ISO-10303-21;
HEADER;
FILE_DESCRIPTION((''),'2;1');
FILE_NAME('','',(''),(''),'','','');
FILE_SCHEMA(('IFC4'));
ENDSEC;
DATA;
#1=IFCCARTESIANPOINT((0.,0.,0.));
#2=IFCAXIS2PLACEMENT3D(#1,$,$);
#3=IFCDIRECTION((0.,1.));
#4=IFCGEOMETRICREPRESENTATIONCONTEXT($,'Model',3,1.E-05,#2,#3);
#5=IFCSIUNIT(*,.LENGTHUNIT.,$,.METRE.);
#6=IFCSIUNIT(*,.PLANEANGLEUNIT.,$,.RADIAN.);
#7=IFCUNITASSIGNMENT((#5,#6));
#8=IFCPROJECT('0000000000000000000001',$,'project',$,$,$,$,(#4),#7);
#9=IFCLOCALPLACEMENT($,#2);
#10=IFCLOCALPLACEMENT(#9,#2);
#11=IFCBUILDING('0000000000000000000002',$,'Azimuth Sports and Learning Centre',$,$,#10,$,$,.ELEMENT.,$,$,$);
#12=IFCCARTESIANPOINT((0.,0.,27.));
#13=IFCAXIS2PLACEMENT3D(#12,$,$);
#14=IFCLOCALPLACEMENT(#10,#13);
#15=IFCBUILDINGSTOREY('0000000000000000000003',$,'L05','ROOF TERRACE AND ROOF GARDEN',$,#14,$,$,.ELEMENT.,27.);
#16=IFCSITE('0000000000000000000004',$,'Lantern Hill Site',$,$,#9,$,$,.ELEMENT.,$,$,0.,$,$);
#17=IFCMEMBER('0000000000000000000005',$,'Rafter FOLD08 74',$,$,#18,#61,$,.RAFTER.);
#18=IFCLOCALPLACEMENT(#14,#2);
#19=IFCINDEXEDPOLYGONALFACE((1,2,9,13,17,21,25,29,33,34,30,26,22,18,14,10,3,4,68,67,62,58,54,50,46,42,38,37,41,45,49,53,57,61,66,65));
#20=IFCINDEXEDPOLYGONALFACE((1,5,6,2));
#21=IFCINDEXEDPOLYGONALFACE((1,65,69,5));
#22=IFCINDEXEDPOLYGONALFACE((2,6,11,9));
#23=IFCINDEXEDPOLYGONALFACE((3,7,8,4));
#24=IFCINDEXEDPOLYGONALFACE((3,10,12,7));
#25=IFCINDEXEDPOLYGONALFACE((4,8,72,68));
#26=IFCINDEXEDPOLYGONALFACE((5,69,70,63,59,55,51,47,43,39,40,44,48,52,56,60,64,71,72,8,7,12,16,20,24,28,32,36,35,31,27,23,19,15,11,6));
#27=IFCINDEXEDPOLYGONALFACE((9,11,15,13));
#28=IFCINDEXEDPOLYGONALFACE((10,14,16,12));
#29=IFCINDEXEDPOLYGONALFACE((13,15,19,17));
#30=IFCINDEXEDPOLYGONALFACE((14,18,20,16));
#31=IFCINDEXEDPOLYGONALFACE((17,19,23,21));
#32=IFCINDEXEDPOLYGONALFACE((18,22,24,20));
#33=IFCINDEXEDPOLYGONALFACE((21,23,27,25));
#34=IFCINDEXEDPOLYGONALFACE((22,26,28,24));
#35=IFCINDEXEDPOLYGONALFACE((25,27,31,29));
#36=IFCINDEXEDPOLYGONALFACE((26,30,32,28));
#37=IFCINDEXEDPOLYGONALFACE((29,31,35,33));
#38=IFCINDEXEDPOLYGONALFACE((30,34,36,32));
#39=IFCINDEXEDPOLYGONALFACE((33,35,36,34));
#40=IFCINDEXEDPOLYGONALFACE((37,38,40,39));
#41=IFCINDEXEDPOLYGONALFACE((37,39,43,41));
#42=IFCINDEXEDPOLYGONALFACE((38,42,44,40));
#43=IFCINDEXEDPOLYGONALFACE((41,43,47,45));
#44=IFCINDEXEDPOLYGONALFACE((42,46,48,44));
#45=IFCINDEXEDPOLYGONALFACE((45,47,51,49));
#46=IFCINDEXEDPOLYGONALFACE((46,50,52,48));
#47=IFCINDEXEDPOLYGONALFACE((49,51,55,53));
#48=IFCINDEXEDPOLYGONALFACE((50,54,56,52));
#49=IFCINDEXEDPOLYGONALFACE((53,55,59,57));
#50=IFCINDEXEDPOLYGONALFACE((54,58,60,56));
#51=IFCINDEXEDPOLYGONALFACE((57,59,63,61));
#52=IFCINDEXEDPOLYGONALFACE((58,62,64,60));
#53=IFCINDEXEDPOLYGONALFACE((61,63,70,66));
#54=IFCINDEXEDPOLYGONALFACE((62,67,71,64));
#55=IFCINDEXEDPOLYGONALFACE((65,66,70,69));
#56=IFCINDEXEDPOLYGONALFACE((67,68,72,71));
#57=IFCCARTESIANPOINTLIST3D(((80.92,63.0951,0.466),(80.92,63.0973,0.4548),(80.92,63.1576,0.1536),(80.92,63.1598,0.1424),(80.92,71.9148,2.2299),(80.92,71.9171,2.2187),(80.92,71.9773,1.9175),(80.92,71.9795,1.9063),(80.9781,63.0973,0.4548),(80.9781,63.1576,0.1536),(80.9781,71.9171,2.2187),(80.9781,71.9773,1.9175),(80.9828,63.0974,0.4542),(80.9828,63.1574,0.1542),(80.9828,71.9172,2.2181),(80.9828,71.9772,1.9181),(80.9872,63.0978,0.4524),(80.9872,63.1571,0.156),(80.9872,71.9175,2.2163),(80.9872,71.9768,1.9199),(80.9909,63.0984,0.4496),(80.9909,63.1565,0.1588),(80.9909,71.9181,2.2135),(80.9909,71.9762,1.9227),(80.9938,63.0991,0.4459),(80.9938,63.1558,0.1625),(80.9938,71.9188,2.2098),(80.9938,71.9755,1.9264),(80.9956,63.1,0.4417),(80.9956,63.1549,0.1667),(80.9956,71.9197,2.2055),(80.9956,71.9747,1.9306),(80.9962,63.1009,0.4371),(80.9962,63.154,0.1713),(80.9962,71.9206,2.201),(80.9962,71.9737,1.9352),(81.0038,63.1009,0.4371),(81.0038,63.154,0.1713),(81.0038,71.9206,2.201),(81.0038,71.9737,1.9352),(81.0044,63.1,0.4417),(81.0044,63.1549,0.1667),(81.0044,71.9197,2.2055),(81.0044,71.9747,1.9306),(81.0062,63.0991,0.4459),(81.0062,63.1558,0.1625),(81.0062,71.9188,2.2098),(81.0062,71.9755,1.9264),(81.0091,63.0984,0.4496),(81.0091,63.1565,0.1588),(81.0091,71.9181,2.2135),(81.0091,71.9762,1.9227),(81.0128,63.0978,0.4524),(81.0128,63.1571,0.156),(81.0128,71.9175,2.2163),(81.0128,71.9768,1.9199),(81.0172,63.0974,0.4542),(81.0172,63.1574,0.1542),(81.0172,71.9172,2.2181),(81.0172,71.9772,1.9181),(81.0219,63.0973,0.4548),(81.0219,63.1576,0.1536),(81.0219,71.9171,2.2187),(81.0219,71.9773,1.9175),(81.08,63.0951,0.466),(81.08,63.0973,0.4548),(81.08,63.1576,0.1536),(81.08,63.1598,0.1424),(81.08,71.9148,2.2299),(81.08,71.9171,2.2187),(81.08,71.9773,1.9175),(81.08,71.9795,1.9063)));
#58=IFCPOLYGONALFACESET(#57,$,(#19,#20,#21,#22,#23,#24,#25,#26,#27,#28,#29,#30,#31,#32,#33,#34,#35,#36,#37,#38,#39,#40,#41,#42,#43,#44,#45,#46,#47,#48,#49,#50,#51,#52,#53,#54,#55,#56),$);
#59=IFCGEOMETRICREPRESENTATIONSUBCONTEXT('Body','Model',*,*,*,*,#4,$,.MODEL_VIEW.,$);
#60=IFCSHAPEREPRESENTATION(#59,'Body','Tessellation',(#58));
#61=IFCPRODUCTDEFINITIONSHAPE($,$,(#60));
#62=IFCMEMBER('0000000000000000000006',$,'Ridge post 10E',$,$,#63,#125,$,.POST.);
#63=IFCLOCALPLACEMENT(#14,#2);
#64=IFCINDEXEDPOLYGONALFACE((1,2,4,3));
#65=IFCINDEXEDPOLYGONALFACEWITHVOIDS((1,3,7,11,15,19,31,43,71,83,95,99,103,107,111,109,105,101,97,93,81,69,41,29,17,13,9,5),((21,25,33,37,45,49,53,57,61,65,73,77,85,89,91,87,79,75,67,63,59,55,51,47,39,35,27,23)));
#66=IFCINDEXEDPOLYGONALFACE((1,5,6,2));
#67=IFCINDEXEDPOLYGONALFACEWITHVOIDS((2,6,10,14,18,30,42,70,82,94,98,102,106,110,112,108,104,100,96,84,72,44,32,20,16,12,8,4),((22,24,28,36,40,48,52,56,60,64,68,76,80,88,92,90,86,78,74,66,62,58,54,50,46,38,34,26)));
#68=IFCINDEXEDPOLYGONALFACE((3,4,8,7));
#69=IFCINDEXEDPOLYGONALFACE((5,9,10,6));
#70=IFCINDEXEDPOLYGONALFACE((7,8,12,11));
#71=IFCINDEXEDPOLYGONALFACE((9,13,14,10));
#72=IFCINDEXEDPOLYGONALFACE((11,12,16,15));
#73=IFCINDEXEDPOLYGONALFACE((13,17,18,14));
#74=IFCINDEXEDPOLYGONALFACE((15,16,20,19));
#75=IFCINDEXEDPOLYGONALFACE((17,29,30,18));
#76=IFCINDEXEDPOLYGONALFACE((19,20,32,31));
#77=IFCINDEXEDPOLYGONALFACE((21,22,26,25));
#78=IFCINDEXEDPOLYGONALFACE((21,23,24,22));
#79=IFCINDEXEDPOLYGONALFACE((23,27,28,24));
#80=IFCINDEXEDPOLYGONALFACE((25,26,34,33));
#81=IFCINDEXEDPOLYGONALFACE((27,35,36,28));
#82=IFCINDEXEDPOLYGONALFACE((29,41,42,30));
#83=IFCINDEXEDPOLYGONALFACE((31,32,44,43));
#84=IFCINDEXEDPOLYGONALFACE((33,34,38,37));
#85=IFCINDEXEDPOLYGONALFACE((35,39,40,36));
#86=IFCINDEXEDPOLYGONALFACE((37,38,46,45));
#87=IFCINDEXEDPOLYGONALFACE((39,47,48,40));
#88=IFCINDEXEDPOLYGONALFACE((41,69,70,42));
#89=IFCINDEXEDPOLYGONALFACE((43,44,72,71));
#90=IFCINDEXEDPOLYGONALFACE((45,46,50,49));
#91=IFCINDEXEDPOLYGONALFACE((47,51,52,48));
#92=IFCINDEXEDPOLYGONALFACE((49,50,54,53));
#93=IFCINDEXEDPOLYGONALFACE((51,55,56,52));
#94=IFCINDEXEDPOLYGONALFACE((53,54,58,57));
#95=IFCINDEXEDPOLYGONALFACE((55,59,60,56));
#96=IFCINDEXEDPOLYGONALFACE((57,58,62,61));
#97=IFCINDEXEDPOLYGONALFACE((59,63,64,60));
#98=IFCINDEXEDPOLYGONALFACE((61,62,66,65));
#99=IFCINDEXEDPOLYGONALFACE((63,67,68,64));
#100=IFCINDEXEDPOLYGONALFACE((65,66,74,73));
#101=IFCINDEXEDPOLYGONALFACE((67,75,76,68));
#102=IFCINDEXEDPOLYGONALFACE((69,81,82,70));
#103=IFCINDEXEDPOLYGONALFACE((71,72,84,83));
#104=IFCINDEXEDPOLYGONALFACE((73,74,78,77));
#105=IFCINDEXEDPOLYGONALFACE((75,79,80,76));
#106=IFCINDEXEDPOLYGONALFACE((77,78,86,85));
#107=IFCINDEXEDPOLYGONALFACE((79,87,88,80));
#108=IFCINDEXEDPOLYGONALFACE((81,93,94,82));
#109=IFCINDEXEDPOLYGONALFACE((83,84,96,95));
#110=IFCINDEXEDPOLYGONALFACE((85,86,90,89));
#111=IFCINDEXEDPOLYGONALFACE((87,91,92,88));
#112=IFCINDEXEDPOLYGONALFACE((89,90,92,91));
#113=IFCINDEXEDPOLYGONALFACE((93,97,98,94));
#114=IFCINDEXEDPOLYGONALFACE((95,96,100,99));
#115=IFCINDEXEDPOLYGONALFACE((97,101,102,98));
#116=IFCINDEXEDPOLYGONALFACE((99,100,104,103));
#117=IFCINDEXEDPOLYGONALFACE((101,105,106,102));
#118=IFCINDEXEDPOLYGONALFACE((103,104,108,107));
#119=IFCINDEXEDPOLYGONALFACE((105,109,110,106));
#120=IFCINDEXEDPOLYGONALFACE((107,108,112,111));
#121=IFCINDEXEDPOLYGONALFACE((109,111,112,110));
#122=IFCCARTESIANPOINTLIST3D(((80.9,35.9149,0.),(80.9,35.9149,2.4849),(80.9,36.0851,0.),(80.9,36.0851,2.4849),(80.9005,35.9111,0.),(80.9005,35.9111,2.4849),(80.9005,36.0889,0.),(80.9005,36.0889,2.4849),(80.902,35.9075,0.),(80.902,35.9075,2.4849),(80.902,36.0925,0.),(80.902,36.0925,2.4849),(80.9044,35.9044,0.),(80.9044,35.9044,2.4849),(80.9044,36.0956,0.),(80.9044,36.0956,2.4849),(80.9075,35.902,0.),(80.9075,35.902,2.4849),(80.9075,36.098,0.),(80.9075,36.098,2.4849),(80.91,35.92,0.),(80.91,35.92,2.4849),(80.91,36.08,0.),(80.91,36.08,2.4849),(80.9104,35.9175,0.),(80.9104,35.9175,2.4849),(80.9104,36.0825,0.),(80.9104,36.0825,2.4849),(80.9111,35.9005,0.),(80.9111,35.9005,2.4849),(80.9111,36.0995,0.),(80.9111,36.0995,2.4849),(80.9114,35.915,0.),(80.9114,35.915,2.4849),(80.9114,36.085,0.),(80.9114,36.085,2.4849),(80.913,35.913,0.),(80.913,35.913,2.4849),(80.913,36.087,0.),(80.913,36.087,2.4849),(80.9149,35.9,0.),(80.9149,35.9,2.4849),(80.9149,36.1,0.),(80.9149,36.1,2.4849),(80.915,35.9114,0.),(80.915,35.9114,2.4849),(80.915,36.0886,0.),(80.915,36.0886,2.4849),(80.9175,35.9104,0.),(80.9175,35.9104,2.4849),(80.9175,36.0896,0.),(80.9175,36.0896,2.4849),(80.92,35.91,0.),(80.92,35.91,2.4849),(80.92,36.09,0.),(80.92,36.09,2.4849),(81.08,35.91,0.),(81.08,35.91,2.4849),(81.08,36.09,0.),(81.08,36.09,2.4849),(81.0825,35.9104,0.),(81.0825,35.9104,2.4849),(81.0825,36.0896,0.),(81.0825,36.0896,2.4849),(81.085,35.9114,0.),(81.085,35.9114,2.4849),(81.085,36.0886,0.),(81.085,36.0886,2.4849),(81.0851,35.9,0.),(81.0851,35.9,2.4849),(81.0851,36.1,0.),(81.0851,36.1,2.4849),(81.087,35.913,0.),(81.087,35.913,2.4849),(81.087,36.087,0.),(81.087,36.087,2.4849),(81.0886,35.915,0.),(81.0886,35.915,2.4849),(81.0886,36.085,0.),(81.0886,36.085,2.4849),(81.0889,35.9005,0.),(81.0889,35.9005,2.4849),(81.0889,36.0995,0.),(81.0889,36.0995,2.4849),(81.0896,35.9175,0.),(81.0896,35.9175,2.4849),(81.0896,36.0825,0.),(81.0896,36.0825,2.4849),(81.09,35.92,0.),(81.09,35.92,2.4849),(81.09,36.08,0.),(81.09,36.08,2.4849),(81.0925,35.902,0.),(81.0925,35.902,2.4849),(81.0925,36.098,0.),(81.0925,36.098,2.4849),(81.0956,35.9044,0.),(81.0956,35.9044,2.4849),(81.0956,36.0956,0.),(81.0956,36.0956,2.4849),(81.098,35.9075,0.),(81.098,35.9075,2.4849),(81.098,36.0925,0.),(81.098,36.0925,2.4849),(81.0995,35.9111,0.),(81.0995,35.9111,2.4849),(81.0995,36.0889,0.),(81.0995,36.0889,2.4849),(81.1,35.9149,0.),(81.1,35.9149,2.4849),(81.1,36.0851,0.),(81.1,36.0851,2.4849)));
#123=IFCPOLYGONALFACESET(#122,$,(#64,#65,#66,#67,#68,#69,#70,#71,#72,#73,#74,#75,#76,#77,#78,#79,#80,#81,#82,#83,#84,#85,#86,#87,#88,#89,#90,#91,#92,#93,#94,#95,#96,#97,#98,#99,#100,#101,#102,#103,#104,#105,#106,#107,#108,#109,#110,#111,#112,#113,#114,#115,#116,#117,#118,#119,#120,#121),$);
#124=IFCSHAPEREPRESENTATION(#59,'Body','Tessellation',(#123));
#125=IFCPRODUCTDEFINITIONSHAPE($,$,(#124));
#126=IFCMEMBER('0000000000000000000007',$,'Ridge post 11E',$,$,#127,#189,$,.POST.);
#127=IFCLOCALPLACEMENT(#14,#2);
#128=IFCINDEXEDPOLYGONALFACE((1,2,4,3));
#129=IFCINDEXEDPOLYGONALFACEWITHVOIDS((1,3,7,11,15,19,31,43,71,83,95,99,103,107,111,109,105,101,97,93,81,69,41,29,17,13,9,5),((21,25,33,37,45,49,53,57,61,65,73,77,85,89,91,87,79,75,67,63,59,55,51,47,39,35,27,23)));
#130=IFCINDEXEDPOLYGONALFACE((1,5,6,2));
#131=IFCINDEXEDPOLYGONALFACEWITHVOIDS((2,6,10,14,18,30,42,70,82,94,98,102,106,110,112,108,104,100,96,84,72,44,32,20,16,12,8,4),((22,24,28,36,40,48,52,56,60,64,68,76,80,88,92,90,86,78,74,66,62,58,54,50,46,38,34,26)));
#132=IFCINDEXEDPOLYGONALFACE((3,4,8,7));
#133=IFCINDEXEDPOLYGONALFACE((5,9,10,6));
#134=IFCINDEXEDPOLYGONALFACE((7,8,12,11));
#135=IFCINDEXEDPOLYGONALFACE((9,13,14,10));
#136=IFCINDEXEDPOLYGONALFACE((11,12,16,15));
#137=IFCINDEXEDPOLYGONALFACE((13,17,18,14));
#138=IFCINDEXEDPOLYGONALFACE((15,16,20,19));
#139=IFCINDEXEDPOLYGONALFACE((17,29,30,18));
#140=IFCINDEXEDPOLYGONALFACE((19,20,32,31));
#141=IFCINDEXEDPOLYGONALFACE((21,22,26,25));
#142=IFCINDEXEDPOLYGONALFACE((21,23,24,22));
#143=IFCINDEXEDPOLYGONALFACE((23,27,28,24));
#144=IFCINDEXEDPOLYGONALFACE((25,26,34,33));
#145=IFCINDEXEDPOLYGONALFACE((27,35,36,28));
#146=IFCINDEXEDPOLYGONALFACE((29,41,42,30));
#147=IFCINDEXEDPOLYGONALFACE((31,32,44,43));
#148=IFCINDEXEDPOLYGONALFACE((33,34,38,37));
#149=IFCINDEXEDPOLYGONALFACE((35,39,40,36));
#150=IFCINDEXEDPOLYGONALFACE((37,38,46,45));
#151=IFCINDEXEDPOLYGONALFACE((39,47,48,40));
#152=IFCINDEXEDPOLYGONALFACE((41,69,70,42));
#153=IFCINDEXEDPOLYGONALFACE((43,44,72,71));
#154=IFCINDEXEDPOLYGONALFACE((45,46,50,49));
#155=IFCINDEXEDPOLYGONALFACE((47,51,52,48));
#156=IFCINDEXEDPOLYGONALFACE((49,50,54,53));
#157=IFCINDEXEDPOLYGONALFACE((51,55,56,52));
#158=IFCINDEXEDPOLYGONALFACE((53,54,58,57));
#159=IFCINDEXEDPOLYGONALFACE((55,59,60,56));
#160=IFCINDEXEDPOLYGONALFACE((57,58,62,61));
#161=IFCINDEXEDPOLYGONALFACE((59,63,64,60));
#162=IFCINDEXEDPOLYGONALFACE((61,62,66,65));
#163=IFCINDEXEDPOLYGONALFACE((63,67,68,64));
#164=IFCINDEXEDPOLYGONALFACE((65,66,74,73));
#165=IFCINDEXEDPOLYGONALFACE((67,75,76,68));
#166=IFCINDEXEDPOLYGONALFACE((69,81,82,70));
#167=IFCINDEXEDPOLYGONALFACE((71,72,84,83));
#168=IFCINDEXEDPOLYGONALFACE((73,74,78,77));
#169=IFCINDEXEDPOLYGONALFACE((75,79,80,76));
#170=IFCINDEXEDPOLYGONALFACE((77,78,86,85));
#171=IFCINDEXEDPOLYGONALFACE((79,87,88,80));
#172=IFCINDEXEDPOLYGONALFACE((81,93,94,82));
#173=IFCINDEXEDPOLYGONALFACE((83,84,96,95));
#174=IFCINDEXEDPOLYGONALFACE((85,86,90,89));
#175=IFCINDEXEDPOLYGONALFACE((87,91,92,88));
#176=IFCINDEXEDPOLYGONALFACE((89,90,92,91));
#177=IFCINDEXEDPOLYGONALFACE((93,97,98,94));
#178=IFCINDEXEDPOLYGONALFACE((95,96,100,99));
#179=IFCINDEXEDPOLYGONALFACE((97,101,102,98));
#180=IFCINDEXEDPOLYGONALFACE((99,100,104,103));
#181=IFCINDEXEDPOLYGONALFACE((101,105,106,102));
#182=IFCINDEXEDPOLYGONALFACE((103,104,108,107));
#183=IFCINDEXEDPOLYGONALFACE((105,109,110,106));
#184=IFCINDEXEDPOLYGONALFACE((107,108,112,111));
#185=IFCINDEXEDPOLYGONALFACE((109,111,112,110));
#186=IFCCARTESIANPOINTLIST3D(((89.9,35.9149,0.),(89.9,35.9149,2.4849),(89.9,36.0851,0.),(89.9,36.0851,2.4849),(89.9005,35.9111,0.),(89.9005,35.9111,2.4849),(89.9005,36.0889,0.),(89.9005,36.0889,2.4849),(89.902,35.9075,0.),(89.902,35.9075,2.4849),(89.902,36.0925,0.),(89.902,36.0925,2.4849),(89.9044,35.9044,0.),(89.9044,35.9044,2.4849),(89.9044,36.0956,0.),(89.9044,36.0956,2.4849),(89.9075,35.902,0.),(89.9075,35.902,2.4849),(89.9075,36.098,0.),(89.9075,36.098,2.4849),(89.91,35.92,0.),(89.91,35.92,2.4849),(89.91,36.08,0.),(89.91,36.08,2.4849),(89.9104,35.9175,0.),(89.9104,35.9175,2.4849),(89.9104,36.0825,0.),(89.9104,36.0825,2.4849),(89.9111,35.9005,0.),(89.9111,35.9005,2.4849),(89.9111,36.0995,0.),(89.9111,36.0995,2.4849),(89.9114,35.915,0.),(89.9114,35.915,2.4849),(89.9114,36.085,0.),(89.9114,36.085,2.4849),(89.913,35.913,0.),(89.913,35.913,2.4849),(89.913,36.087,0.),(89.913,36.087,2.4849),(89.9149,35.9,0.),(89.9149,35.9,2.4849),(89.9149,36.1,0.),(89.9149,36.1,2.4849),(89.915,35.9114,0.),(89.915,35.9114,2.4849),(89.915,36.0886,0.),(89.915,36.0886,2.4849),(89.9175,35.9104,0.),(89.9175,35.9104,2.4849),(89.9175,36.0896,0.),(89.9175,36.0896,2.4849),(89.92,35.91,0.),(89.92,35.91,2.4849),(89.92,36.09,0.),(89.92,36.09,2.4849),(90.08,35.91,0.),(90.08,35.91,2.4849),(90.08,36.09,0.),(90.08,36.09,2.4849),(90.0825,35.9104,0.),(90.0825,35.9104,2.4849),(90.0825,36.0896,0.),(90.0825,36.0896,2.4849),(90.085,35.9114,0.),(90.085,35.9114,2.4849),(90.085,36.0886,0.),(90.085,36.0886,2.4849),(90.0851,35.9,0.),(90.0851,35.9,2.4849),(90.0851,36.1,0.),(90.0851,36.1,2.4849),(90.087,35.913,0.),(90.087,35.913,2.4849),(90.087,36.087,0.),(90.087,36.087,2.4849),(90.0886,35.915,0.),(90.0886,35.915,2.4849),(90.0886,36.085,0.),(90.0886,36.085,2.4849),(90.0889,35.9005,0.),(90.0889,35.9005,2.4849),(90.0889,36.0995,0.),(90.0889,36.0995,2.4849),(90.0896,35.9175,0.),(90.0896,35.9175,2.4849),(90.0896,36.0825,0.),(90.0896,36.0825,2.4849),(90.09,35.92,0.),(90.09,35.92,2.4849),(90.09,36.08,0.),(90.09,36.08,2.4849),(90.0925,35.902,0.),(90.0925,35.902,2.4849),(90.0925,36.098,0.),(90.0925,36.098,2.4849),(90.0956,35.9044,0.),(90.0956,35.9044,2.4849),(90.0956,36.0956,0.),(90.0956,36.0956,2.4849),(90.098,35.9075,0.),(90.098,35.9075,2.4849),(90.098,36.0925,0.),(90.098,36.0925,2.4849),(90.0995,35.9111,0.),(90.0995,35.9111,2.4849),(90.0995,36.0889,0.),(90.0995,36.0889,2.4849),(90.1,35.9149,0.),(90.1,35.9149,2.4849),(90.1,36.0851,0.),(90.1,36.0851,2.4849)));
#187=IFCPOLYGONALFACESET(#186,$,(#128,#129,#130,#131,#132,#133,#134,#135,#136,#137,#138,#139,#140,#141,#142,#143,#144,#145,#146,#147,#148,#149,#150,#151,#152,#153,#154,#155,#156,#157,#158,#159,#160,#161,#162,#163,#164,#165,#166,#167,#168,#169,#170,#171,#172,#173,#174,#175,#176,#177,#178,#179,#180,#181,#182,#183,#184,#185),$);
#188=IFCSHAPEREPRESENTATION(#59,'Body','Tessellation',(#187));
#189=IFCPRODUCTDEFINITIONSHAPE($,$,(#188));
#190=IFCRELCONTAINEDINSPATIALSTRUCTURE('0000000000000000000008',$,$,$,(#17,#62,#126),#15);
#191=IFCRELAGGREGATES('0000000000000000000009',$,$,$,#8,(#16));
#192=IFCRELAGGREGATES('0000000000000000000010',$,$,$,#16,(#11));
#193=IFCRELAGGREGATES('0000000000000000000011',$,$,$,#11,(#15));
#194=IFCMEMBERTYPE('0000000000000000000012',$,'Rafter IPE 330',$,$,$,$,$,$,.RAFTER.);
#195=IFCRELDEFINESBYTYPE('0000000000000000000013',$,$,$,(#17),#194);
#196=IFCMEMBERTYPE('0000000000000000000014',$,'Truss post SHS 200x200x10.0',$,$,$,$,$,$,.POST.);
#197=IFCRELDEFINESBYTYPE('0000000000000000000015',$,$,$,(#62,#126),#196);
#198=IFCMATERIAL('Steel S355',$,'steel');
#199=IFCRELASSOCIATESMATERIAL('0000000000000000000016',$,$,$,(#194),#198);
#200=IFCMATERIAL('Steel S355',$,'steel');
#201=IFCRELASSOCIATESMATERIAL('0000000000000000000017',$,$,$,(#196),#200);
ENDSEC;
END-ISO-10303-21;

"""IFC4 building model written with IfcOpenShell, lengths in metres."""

from ifc_helpers import new_model, si_unit, direction, frame, origin, origin_2d, place, context, subcontext, project, spatial, hollow_rectangle, i_section, extrude, material, material_profile, profile_set, type_object, element, save


model = new_model("IFC4")

# Units and contexts
model_context = context("Model", 3, precision=1e-05, world=origin(), true_north=direction((0.0, 1.0)))
body_context = subcontext(model_context, "Body", "Model", "MODEL_VIEW")
ifc_project = project(units=[si_unit("LENGTHUNIT", "METRE"), si_unit("PLANEANGLEUNIT", "RADIAN")], contexts=[model_context])

# Site, building, storey
site_placement = place(None, origin())
site = spatial("IfcSite", under=ifc_project, at=site_placement, Name="Lantern Hill Site", CompositionType="ELEMENT", RefElevation=0.0)
building_placement = place(site_placement, origin())
building = spatial("IfcBuilding", under=site, at=building_placement, Name="Azimuth Sports and Learning Centre", CompositionType="ELEMENT")
storey_placement = place(building_placement, frame((0.0, 0.0, 27.0)))
storey = spatial("IfcBuildingStorey", under=building, at=storey_placement, Name="L05", Description="ROOF TERRACE AND ROOF GARDEN", CompositionType="ELEMENT", Elevation=27.0)

# Members
ifc_material_1 = material(Name="Steel S355", Category="steel")
ifc_material_profile_1 = material_profile(ifc_material_1, i_section(OverallWidth=0.1599, OverallDepth=0.3301, WebThickness=0.0076, FlangeThickness=0.0115, FilletRadius=0.0181, at=origin_2d()), Name="IPE 330")
ifc_profile_set_1 = profile_set([ifc_material_profile_1], Name="Steel S355")
member_type_1 = type_object("IfcMemberType", Name="Rafter IPE 330", PredefinedType="RAFTER", material=ifc_profile_set_1)
member_placement = place(storey_placement, frame((81.0, 63.1274, 0.3042), z_axis=(0.0, 0.980582, 0.196111), x_axis=(-1.0, 0.0, 0.0)))
element("IfcMember", 1, at=member_placement, inside=storey, type_object=member_type_1, Name="Rafter FOLD08 74", PredefinedType="RAFTER", context=body_context, shape_type="SweptSolid", body=[
    extrude(i_section(OverallWidth=0.1599, OverallDepth=0.3301, WebThickness=0.0076, FlangeThickness=0.0115, FilletRadius=0.0181, at=origin_2d()), origin(), (0.0, 0.0, 1.0), 8.9944),
])
ifc_material_2 = material(Name="Steel S355", Category="steel")
ifc_material_profile_2 = material_profile(ifc_material_2, hollow_rectangle(XDim=0.2, YDim=0.2, WallThickness=0.01, InnerFilletRadius=0.01, OuterFilletRadius=0.0149, at=origin_2d()), Name="SHS 200x200x10.0")
ifc_profile_set_2 = profile_set([ifc_material_profile_2], Name="Steel S355")
member_type_2 = type_object("IfcMemberType", Name="Truss post SHS 200x200x10.0", PredefinedType="POST", material=ifc_profile_set_2)
for number, where, z_axis, x_axis, name in (
    (2, (81.0, 36.0, 0.0), (0.0, 0.0, 1.0), (1.0, 0.0, 0.0), "Ridge post 10E"),
    (3, (90.0, 36.0, 0.0), (0.0, 0.0, 1.0), (1.0, 0.0, 0.0), "Ridge post 11E"),
):
    element("IfcMember", number, at=place(storey_placement, frame(where, z_axis=z_axis, x_axis=x_axis)), inside=storey, type_object=member_type_2, Name=name, PredefinedType="POST", context=body_context, shape_type="SweptSolid", body=[
        extrude(hollow_rectangle(XDim=0.2, YDim=0.2, WallThickness=0.01, InnerFilletRadius=0.01, OuterFilletRadius=0.0149, at=origin_2d()), origin(), (0.0, 0.0, 1.0), 2.4849),
    ])

save(model, "model.ifc")
